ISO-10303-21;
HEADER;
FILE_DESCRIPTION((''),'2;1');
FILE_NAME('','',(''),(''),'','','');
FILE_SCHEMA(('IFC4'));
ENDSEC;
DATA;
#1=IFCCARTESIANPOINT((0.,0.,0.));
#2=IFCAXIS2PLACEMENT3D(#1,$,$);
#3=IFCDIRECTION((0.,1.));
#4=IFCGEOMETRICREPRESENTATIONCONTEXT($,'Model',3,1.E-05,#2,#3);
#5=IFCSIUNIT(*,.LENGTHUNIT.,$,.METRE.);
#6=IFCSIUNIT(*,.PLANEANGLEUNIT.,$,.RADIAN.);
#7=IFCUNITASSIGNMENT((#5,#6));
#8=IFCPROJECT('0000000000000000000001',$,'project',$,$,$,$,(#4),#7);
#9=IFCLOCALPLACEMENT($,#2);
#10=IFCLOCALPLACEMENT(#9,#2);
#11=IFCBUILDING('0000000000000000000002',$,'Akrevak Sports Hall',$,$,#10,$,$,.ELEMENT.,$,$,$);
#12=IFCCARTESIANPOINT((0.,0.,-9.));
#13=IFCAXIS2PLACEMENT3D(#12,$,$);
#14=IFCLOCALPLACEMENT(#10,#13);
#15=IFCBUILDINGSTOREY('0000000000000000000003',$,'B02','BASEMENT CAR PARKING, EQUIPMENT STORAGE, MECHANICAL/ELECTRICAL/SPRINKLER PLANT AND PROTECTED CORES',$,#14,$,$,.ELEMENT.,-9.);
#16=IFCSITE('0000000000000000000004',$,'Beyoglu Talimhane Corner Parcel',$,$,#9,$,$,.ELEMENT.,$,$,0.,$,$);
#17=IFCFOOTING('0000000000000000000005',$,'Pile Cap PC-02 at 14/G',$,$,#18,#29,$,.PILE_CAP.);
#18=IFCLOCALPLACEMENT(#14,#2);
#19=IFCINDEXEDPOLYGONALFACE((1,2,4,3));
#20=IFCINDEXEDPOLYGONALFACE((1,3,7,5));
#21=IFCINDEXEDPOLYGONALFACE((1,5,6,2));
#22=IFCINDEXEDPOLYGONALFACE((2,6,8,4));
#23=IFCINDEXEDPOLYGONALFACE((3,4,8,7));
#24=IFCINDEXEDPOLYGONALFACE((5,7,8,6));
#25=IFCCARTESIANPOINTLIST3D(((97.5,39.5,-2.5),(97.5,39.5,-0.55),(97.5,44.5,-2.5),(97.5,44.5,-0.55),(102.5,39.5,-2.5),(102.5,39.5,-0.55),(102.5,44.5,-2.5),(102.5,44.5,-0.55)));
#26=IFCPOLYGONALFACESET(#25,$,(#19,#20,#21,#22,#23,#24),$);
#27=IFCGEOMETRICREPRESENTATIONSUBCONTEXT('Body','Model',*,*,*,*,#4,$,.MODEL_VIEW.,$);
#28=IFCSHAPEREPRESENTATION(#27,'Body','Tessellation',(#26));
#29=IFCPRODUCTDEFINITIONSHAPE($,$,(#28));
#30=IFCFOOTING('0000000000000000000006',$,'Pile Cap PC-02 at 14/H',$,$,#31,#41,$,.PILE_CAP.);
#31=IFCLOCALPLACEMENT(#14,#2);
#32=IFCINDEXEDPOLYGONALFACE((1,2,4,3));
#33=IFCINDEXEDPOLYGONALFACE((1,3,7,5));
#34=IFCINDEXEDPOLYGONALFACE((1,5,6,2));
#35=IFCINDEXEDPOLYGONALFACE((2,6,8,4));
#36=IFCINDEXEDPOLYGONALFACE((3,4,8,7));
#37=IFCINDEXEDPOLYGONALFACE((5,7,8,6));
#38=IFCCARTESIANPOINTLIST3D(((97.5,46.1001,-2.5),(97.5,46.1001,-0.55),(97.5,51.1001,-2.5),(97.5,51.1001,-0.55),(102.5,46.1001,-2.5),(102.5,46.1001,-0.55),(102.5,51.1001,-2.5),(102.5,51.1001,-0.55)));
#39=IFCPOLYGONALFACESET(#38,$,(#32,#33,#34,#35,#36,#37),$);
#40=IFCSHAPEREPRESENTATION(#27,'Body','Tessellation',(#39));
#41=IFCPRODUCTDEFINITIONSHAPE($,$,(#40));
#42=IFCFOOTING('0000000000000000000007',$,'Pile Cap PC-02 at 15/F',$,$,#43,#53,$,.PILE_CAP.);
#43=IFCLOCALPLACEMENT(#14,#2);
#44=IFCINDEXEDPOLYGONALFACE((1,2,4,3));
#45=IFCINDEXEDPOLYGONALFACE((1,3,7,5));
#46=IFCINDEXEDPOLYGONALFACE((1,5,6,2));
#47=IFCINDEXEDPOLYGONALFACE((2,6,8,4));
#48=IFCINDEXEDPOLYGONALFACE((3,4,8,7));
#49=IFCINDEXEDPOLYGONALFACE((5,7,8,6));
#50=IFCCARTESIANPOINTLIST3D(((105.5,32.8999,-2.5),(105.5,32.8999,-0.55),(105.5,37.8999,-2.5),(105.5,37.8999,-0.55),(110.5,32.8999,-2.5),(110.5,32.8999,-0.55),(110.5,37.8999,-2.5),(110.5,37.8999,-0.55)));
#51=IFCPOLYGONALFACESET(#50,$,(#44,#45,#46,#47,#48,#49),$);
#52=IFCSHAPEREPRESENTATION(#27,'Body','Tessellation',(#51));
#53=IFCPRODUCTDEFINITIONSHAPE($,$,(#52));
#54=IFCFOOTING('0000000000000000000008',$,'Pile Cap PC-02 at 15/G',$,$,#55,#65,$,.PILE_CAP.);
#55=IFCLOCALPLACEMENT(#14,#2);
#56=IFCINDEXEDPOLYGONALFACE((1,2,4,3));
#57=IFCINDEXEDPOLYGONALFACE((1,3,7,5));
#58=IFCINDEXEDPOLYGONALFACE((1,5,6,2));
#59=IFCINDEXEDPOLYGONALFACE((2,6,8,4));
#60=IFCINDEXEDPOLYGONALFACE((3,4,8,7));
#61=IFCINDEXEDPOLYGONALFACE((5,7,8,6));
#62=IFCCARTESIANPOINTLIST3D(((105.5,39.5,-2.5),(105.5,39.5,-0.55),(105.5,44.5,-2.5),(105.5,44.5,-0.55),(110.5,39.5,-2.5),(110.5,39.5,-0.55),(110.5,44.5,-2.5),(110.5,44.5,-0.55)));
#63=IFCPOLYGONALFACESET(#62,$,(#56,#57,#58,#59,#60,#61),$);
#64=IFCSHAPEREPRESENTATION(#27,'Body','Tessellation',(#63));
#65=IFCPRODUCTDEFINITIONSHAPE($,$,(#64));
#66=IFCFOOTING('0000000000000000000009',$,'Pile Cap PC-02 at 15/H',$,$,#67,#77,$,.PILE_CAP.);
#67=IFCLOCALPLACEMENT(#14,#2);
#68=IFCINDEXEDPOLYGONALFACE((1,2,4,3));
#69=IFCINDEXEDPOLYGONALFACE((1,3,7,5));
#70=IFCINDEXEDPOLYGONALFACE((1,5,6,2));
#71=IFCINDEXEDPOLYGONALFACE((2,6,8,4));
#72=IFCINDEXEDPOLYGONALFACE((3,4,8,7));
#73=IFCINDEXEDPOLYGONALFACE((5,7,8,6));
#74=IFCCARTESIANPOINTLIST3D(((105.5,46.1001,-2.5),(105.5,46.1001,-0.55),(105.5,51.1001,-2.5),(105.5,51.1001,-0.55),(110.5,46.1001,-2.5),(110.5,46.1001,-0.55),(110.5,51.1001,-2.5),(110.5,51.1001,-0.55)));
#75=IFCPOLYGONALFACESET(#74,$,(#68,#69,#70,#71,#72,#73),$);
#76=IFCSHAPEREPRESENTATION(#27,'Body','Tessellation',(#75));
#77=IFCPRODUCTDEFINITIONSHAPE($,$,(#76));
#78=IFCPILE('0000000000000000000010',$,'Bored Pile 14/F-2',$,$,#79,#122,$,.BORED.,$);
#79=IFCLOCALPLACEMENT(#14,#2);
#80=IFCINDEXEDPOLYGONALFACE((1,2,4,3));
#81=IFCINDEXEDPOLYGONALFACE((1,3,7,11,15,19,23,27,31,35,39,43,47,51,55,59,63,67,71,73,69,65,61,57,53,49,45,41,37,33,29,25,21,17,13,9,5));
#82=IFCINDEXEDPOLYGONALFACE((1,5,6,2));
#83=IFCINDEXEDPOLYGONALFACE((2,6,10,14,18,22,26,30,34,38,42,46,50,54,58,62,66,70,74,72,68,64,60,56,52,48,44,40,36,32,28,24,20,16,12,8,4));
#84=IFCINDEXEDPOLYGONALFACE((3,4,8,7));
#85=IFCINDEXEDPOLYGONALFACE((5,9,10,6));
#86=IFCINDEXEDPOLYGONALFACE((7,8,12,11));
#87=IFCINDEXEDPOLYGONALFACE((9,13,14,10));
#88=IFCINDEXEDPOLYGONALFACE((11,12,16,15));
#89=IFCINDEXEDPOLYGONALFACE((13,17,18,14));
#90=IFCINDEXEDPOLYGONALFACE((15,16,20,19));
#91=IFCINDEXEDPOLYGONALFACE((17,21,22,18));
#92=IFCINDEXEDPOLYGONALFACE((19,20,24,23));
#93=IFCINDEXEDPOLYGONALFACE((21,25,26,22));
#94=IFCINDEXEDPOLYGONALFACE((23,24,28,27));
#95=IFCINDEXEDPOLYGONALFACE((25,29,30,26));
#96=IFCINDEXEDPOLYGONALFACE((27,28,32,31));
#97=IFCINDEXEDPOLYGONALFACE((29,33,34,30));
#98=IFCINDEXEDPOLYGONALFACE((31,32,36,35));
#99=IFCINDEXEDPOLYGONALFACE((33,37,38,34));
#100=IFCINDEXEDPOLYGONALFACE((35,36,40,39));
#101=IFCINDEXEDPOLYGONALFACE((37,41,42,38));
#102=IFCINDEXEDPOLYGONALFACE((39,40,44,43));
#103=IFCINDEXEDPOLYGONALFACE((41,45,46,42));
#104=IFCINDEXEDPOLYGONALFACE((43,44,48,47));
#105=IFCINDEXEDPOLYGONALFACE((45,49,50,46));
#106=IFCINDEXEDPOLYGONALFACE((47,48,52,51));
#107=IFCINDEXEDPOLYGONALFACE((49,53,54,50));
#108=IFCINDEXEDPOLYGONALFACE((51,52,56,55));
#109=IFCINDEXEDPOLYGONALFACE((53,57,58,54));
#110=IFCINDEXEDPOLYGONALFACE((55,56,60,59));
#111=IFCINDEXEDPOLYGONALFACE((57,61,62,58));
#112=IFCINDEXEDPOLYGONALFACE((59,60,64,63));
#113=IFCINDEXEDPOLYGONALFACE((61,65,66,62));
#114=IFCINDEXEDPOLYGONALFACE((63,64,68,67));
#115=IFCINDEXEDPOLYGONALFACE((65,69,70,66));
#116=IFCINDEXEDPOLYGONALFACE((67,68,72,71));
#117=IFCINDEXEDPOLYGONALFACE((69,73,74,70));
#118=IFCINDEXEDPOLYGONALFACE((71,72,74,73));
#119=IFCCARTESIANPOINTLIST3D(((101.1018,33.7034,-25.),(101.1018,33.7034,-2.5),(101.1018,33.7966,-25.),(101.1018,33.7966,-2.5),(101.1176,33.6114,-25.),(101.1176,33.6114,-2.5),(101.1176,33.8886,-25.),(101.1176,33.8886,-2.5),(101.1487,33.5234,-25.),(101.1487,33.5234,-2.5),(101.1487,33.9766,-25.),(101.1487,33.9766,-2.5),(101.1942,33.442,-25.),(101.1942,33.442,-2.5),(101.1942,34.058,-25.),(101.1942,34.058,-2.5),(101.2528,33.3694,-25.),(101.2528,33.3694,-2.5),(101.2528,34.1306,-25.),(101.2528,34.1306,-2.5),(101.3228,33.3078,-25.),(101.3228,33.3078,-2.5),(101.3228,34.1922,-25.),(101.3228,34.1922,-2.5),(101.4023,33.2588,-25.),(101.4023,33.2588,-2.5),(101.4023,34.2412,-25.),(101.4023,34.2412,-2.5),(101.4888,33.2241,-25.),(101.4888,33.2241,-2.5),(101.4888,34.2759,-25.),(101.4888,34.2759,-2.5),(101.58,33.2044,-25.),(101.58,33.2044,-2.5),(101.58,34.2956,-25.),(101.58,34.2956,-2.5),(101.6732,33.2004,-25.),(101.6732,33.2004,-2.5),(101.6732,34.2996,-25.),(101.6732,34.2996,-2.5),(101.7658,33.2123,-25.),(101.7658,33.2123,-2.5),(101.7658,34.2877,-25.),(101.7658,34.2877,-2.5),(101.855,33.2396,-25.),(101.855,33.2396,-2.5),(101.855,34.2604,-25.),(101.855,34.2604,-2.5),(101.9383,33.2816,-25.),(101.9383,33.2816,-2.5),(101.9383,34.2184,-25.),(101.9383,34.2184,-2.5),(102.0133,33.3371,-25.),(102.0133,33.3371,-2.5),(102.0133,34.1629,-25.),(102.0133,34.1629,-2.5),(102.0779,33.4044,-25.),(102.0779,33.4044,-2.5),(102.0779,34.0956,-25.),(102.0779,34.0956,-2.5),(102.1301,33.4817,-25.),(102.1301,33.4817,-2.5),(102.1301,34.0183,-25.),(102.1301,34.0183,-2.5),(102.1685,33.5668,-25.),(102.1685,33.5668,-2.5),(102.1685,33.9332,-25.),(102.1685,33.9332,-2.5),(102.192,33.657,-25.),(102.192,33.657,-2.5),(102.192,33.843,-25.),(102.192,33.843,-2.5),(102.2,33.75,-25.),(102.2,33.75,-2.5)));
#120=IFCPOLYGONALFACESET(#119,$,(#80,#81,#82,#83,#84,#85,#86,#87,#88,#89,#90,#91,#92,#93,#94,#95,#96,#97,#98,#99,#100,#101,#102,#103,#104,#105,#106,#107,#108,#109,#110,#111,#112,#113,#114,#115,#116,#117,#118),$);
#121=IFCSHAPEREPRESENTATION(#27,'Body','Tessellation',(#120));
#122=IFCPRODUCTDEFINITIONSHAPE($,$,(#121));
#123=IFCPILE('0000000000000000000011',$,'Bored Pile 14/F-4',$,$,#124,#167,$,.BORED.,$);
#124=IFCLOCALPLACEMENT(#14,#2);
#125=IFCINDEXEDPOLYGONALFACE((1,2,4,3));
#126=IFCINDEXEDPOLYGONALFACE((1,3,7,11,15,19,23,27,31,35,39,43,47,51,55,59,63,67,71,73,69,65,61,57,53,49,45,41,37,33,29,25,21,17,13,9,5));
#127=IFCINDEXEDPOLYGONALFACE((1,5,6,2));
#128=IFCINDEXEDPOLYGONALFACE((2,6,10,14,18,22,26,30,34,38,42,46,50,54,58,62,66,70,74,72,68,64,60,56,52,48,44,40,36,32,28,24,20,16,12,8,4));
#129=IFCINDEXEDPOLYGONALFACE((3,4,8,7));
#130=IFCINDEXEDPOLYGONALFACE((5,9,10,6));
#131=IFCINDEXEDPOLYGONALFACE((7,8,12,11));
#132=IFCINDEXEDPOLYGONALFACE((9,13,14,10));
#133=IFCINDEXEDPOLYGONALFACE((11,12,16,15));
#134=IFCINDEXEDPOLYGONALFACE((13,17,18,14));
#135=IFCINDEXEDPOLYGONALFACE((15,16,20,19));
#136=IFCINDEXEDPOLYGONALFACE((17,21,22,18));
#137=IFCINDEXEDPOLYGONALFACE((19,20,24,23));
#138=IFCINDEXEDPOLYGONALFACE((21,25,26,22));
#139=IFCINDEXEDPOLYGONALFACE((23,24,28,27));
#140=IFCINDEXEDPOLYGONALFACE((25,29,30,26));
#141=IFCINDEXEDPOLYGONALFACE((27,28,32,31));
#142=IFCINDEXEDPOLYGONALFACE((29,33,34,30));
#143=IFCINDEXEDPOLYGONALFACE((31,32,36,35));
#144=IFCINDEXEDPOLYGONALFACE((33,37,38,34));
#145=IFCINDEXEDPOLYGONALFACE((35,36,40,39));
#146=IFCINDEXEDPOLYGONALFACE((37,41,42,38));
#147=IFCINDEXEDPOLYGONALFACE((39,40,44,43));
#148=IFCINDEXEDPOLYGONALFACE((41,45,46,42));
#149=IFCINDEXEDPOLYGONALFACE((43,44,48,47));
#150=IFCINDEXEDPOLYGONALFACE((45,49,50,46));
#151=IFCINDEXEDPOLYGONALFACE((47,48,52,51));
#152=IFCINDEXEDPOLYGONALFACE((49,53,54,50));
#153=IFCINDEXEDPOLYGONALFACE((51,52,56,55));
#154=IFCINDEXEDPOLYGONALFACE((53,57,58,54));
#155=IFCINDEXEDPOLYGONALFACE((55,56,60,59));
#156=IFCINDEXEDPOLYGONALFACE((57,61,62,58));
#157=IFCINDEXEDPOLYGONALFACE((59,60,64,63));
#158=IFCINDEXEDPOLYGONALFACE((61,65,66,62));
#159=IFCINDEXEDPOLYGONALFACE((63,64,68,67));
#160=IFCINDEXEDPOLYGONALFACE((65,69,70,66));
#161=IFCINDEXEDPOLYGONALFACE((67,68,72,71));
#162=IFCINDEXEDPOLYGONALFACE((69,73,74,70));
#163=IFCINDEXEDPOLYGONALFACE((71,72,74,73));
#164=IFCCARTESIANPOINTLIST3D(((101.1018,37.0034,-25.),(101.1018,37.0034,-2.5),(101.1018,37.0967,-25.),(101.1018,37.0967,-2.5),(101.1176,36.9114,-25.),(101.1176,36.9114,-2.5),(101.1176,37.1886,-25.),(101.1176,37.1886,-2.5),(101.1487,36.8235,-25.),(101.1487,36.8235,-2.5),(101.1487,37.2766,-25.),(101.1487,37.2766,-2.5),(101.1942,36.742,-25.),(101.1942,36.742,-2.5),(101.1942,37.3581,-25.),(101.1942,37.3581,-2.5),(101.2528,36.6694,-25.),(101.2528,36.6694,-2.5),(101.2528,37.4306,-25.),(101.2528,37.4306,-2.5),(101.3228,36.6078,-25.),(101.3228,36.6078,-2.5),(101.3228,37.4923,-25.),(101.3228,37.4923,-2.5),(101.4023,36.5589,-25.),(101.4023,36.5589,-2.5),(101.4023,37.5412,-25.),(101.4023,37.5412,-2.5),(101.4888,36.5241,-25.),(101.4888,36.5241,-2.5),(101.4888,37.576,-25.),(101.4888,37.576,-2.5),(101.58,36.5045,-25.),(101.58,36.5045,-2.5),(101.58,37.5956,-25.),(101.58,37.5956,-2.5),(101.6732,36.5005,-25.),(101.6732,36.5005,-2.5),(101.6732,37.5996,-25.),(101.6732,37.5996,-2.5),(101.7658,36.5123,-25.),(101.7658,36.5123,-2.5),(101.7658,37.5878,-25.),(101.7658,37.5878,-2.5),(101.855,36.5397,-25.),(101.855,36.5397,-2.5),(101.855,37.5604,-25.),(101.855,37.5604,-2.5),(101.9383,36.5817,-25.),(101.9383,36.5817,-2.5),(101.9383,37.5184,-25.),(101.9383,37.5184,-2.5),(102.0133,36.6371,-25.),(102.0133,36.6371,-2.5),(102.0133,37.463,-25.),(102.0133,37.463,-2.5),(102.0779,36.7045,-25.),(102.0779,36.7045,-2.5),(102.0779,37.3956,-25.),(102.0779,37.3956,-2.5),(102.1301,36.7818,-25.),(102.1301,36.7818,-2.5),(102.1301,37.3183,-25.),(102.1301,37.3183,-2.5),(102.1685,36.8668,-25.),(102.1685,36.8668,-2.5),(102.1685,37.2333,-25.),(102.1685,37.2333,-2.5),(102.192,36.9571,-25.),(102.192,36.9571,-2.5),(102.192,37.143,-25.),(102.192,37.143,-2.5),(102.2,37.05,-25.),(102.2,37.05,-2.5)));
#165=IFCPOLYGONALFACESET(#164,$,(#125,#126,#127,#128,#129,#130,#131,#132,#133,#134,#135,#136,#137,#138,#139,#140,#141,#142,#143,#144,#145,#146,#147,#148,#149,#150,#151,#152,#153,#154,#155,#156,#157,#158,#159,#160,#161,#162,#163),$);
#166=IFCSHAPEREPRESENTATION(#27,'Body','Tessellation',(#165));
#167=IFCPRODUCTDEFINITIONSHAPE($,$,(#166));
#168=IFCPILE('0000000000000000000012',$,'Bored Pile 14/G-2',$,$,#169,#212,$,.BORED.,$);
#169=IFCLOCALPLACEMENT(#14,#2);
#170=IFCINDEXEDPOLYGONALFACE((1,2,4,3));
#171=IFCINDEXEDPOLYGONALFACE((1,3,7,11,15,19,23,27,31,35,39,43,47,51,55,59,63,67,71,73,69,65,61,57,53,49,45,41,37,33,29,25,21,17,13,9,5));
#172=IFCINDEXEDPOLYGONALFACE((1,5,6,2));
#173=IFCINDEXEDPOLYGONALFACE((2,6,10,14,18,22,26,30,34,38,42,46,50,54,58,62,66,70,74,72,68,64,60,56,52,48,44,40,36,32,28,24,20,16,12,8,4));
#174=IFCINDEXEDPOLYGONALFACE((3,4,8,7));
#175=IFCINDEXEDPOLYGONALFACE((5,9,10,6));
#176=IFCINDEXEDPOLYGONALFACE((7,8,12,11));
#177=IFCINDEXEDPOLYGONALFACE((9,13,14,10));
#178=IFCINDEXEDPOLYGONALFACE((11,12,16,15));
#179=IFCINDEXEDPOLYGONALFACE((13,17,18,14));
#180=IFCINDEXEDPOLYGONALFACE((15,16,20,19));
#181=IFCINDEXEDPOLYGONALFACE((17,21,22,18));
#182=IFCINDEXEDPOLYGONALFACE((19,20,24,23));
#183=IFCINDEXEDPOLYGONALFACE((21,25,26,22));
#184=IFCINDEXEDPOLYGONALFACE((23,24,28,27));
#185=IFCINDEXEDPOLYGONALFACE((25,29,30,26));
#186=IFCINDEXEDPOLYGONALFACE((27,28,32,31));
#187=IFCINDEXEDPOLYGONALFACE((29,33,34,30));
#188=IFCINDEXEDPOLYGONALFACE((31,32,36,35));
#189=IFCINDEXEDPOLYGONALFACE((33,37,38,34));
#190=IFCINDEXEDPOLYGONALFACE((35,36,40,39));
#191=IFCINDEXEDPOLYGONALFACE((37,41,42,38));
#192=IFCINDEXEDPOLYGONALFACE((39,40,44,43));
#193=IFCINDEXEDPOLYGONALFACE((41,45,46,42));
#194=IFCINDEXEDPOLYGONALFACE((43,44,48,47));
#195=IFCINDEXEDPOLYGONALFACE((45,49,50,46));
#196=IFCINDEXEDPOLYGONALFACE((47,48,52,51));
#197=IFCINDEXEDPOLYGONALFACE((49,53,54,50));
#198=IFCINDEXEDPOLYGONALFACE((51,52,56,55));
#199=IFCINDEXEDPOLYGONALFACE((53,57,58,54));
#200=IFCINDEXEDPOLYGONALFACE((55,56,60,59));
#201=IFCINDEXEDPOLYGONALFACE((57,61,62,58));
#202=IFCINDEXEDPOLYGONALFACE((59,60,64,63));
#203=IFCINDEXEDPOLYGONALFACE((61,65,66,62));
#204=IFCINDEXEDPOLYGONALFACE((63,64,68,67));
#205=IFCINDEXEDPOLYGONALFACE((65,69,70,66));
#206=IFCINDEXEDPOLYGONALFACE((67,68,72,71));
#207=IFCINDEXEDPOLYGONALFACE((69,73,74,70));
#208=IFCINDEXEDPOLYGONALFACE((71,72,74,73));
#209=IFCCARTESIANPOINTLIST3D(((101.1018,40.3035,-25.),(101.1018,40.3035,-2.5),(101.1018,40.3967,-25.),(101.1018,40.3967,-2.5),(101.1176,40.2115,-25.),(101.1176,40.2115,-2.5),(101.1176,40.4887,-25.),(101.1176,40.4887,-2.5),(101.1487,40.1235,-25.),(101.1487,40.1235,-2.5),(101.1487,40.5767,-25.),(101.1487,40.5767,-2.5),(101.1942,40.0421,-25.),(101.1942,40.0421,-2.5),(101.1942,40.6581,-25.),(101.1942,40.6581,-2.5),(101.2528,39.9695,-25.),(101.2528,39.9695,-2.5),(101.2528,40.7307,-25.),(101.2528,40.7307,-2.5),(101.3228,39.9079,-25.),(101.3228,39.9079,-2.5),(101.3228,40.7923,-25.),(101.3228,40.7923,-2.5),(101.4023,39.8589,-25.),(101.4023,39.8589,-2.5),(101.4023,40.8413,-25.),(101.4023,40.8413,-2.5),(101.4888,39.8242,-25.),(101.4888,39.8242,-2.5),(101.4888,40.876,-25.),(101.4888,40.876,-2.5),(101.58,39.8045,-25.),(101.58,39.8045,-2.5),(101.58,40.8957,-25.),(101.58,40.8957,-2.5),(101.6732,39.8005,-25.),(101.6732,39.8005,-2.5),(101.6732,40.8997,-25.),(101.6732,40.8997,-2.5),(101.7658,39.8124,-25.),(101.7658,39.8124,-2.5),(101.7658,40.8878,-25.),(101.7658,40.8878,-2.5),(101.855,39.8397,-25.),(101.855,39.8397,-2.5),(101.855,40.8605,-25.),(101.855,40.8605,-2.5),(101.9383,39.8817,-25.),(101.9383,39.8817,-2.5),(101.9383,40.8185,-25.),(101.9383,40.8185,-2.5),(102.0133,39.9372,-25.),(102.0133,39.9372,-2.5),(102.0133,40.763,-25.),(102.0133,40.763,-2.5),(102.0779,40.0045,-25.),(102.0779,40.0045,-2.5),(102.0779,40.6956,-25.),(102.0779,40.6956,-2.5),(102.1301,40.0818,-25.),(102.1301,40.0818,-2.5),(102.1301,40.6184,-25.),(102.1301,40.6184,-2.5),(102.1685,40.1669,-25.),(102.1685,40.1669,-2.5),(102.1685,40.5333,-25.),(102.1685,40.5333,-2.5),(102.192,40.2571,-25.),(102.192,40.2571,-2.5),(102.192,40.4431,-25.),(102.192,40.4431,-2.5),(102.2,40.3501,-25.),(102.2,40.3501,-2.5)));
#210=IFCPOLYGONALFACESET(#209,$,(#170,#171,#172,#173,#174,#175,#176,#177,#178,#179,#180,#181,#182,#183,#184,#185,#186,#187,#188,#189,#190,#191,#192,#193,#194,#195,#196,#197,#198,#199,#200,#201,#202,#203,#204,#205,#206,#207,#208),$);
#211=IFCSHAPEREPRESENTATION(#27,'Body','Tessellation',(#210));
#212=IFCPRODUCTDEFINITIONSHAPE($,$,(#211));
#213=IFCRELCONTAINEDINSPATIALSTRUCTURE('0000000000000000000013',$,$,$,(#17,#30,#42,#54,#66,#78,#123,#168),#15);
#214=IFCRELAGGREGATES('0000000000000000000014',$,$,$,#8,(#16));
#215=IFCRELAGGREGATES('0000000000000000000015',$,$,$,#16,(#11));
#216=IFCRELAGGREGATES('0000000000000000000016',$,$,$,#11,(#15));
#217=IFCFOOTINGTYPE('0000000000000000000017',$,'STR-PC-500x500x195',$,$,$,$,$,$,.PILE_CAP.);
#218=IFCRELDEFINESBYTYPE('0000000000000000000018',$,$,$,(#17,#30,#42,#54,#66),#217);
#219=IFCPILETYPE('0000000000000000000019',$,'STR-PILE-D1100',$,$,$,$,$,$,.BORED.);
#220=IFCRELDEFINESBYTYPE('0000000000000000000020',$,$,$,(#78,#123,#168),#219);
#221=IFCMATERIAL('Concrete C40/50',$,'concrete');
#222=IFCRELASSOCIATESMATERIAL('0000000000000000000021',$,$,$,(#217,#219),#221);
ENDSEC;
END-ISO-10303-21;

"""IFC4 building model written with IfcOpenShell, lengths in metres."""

from ifc_helpers import new_model, si_unit, direction, frame, origin, origin_2d, place, context, subcontext, project, spatial, rectangle, circle, extrude, material, material_profile, profile_set, type_object, element, save


model = new_model("IFC4")

# Units and contexts
model_context = context("Model", 3, precision=1e-05, world=origin(), true_north=direction((0.0, 1.0)))
body_context = subcontext(model_context, "Body", "Model", "MODEL_VIEW")
ifc_project = project(units=[si_unit("LENGTHUNIT", "METRE"), si_unit("PLANEANGLEUNIT", "RADIAN")], contexts=[model_context])

# Site, building, storey
site_placement = place(None, origin())
site = spatial("IfcSite", under=ifc_project, at=site_placement, Name="Beyoglu Talimhane Corner Parcel", CompositionType="ELEMENT", RefElevation=0.0)
building_placement = place(site_placement, origin())
building = spatial("IfcBuilding", under=site, at=building_placement, Name="Akrevak Sports Hall", CompositionType="ELEMENT")
storey_placement = place(building_placement, frame((0.0, 0.0, -9.0)))
storey = spatial("IfcBuildingStorey", under=building, at=storey_placement, Name="B02", Description="BASEMENT CAR PARKING, EQUIPMENT STORAGE, MECHANICAL/ELECTRICAL/SPRINKLER PLANT AND PROTECTED CORES", CompositionType="ELEMENT", Elevation=-9.0)

# Footings
ifc_material_1 = material(Name="Concrete C40/50", Category="concrete")
footing_type = type_object("IfcFootingType", Name="STR-PC-500x500x195", PredefinedType="PILE_CAP", material=ifc_material_1)
for number, where, z_axis, x_axis, name in (
    (1, (100.0, 42.0, -2.5), (0.0, 0.0, 1.0), (1.0, 0.0, 0.0), "Pile Cap PC-02 at 14/G"),
    (2, (100.0, 48.6001, -2.5), (0.0, 0.0, 1.0), (1.0, 0.0, 0.0), "Pile Cap PC-02 at 14/H"),
    (3, (108.0, 35.3999, -2.5), (0.0, 0.0, 1.0), (1.0, 0.0, 0.0), "Pile Cap PC-02 at 15/F"),
    (4, (108.0, 42.0, -2.5), (0.0, 0.0, 1.0), (1.0, 0.0, 0.0), "Pile Cap PC-02 at 15/G"),
    (5, (108.0, 48.6001, -2.5), (0.0, 0.0, 1.0), (1.0, 0.0, 0.0), "Pile Cap PC-02 at 15/H"),
):
    element("IfcFooting", number, at=place(storey_placement, frame(where, z_axis=z_axis, x_axis=x_axis)), inside=storey, type_object=footing_type, Name=name, PredefinedType="PILE_CAP", context=body_context, shape_type="SweptSolid", body=[
        extrude(rectangle(XDim=5.0, YDim=5.0, at=origin_2d()), origin(), (0.0, 0.0, 1.0), 1.95),
    ])

# Piles
ifc_material_profile_1 = material_profile(ifc_material_1, circle(Radius=0.55, at=origin_2d()), Name="BORED PILE D1100", Category="concrete")
ifc_profile_set_1 = profile_set([ifc_material_profile_1], Name="Concrete C40/50")
pile_type = type_object("IfcPileType", Name="STR-PILE-D1100", PredefinedType="BORED", material=ifc_profile_set_1)
for number, where, z_axis, x_axis, name in (
    (6, (101.6499, 33.75, -2.5), (0.0, 0.0, -1.0), (1.0, 0.0, 0.0), "Bored Pile 14/F-2"),
    (7, (101.6499, 37.05, -2.5), (0.0, 0.0, -1.0), (1.0, 0.0, 0.0), "Bored Pile 14/F-4"),
    (8, (101.6499, 40.3501, -2.5), (0.0, 0.0, -1.0), (1.0, 0.0, 0.0), "Bored Pile 14/G-2"),
):
    element("IfcPile", number, at=place(storey_placement, frame(where, z_axis=z_axis, x_axis=x_axis)), inside=storey, type_object=pile_type, Name=name, PredefinedType="BORED", context=body_context, shape_type="SweptSolid", body=[
        extrude(circle(Radius=0.55, at=origin_2d()), origin(), (0.0, 0.0, 1.0), 22.5),
    ])

save(model, "model.ifc")
